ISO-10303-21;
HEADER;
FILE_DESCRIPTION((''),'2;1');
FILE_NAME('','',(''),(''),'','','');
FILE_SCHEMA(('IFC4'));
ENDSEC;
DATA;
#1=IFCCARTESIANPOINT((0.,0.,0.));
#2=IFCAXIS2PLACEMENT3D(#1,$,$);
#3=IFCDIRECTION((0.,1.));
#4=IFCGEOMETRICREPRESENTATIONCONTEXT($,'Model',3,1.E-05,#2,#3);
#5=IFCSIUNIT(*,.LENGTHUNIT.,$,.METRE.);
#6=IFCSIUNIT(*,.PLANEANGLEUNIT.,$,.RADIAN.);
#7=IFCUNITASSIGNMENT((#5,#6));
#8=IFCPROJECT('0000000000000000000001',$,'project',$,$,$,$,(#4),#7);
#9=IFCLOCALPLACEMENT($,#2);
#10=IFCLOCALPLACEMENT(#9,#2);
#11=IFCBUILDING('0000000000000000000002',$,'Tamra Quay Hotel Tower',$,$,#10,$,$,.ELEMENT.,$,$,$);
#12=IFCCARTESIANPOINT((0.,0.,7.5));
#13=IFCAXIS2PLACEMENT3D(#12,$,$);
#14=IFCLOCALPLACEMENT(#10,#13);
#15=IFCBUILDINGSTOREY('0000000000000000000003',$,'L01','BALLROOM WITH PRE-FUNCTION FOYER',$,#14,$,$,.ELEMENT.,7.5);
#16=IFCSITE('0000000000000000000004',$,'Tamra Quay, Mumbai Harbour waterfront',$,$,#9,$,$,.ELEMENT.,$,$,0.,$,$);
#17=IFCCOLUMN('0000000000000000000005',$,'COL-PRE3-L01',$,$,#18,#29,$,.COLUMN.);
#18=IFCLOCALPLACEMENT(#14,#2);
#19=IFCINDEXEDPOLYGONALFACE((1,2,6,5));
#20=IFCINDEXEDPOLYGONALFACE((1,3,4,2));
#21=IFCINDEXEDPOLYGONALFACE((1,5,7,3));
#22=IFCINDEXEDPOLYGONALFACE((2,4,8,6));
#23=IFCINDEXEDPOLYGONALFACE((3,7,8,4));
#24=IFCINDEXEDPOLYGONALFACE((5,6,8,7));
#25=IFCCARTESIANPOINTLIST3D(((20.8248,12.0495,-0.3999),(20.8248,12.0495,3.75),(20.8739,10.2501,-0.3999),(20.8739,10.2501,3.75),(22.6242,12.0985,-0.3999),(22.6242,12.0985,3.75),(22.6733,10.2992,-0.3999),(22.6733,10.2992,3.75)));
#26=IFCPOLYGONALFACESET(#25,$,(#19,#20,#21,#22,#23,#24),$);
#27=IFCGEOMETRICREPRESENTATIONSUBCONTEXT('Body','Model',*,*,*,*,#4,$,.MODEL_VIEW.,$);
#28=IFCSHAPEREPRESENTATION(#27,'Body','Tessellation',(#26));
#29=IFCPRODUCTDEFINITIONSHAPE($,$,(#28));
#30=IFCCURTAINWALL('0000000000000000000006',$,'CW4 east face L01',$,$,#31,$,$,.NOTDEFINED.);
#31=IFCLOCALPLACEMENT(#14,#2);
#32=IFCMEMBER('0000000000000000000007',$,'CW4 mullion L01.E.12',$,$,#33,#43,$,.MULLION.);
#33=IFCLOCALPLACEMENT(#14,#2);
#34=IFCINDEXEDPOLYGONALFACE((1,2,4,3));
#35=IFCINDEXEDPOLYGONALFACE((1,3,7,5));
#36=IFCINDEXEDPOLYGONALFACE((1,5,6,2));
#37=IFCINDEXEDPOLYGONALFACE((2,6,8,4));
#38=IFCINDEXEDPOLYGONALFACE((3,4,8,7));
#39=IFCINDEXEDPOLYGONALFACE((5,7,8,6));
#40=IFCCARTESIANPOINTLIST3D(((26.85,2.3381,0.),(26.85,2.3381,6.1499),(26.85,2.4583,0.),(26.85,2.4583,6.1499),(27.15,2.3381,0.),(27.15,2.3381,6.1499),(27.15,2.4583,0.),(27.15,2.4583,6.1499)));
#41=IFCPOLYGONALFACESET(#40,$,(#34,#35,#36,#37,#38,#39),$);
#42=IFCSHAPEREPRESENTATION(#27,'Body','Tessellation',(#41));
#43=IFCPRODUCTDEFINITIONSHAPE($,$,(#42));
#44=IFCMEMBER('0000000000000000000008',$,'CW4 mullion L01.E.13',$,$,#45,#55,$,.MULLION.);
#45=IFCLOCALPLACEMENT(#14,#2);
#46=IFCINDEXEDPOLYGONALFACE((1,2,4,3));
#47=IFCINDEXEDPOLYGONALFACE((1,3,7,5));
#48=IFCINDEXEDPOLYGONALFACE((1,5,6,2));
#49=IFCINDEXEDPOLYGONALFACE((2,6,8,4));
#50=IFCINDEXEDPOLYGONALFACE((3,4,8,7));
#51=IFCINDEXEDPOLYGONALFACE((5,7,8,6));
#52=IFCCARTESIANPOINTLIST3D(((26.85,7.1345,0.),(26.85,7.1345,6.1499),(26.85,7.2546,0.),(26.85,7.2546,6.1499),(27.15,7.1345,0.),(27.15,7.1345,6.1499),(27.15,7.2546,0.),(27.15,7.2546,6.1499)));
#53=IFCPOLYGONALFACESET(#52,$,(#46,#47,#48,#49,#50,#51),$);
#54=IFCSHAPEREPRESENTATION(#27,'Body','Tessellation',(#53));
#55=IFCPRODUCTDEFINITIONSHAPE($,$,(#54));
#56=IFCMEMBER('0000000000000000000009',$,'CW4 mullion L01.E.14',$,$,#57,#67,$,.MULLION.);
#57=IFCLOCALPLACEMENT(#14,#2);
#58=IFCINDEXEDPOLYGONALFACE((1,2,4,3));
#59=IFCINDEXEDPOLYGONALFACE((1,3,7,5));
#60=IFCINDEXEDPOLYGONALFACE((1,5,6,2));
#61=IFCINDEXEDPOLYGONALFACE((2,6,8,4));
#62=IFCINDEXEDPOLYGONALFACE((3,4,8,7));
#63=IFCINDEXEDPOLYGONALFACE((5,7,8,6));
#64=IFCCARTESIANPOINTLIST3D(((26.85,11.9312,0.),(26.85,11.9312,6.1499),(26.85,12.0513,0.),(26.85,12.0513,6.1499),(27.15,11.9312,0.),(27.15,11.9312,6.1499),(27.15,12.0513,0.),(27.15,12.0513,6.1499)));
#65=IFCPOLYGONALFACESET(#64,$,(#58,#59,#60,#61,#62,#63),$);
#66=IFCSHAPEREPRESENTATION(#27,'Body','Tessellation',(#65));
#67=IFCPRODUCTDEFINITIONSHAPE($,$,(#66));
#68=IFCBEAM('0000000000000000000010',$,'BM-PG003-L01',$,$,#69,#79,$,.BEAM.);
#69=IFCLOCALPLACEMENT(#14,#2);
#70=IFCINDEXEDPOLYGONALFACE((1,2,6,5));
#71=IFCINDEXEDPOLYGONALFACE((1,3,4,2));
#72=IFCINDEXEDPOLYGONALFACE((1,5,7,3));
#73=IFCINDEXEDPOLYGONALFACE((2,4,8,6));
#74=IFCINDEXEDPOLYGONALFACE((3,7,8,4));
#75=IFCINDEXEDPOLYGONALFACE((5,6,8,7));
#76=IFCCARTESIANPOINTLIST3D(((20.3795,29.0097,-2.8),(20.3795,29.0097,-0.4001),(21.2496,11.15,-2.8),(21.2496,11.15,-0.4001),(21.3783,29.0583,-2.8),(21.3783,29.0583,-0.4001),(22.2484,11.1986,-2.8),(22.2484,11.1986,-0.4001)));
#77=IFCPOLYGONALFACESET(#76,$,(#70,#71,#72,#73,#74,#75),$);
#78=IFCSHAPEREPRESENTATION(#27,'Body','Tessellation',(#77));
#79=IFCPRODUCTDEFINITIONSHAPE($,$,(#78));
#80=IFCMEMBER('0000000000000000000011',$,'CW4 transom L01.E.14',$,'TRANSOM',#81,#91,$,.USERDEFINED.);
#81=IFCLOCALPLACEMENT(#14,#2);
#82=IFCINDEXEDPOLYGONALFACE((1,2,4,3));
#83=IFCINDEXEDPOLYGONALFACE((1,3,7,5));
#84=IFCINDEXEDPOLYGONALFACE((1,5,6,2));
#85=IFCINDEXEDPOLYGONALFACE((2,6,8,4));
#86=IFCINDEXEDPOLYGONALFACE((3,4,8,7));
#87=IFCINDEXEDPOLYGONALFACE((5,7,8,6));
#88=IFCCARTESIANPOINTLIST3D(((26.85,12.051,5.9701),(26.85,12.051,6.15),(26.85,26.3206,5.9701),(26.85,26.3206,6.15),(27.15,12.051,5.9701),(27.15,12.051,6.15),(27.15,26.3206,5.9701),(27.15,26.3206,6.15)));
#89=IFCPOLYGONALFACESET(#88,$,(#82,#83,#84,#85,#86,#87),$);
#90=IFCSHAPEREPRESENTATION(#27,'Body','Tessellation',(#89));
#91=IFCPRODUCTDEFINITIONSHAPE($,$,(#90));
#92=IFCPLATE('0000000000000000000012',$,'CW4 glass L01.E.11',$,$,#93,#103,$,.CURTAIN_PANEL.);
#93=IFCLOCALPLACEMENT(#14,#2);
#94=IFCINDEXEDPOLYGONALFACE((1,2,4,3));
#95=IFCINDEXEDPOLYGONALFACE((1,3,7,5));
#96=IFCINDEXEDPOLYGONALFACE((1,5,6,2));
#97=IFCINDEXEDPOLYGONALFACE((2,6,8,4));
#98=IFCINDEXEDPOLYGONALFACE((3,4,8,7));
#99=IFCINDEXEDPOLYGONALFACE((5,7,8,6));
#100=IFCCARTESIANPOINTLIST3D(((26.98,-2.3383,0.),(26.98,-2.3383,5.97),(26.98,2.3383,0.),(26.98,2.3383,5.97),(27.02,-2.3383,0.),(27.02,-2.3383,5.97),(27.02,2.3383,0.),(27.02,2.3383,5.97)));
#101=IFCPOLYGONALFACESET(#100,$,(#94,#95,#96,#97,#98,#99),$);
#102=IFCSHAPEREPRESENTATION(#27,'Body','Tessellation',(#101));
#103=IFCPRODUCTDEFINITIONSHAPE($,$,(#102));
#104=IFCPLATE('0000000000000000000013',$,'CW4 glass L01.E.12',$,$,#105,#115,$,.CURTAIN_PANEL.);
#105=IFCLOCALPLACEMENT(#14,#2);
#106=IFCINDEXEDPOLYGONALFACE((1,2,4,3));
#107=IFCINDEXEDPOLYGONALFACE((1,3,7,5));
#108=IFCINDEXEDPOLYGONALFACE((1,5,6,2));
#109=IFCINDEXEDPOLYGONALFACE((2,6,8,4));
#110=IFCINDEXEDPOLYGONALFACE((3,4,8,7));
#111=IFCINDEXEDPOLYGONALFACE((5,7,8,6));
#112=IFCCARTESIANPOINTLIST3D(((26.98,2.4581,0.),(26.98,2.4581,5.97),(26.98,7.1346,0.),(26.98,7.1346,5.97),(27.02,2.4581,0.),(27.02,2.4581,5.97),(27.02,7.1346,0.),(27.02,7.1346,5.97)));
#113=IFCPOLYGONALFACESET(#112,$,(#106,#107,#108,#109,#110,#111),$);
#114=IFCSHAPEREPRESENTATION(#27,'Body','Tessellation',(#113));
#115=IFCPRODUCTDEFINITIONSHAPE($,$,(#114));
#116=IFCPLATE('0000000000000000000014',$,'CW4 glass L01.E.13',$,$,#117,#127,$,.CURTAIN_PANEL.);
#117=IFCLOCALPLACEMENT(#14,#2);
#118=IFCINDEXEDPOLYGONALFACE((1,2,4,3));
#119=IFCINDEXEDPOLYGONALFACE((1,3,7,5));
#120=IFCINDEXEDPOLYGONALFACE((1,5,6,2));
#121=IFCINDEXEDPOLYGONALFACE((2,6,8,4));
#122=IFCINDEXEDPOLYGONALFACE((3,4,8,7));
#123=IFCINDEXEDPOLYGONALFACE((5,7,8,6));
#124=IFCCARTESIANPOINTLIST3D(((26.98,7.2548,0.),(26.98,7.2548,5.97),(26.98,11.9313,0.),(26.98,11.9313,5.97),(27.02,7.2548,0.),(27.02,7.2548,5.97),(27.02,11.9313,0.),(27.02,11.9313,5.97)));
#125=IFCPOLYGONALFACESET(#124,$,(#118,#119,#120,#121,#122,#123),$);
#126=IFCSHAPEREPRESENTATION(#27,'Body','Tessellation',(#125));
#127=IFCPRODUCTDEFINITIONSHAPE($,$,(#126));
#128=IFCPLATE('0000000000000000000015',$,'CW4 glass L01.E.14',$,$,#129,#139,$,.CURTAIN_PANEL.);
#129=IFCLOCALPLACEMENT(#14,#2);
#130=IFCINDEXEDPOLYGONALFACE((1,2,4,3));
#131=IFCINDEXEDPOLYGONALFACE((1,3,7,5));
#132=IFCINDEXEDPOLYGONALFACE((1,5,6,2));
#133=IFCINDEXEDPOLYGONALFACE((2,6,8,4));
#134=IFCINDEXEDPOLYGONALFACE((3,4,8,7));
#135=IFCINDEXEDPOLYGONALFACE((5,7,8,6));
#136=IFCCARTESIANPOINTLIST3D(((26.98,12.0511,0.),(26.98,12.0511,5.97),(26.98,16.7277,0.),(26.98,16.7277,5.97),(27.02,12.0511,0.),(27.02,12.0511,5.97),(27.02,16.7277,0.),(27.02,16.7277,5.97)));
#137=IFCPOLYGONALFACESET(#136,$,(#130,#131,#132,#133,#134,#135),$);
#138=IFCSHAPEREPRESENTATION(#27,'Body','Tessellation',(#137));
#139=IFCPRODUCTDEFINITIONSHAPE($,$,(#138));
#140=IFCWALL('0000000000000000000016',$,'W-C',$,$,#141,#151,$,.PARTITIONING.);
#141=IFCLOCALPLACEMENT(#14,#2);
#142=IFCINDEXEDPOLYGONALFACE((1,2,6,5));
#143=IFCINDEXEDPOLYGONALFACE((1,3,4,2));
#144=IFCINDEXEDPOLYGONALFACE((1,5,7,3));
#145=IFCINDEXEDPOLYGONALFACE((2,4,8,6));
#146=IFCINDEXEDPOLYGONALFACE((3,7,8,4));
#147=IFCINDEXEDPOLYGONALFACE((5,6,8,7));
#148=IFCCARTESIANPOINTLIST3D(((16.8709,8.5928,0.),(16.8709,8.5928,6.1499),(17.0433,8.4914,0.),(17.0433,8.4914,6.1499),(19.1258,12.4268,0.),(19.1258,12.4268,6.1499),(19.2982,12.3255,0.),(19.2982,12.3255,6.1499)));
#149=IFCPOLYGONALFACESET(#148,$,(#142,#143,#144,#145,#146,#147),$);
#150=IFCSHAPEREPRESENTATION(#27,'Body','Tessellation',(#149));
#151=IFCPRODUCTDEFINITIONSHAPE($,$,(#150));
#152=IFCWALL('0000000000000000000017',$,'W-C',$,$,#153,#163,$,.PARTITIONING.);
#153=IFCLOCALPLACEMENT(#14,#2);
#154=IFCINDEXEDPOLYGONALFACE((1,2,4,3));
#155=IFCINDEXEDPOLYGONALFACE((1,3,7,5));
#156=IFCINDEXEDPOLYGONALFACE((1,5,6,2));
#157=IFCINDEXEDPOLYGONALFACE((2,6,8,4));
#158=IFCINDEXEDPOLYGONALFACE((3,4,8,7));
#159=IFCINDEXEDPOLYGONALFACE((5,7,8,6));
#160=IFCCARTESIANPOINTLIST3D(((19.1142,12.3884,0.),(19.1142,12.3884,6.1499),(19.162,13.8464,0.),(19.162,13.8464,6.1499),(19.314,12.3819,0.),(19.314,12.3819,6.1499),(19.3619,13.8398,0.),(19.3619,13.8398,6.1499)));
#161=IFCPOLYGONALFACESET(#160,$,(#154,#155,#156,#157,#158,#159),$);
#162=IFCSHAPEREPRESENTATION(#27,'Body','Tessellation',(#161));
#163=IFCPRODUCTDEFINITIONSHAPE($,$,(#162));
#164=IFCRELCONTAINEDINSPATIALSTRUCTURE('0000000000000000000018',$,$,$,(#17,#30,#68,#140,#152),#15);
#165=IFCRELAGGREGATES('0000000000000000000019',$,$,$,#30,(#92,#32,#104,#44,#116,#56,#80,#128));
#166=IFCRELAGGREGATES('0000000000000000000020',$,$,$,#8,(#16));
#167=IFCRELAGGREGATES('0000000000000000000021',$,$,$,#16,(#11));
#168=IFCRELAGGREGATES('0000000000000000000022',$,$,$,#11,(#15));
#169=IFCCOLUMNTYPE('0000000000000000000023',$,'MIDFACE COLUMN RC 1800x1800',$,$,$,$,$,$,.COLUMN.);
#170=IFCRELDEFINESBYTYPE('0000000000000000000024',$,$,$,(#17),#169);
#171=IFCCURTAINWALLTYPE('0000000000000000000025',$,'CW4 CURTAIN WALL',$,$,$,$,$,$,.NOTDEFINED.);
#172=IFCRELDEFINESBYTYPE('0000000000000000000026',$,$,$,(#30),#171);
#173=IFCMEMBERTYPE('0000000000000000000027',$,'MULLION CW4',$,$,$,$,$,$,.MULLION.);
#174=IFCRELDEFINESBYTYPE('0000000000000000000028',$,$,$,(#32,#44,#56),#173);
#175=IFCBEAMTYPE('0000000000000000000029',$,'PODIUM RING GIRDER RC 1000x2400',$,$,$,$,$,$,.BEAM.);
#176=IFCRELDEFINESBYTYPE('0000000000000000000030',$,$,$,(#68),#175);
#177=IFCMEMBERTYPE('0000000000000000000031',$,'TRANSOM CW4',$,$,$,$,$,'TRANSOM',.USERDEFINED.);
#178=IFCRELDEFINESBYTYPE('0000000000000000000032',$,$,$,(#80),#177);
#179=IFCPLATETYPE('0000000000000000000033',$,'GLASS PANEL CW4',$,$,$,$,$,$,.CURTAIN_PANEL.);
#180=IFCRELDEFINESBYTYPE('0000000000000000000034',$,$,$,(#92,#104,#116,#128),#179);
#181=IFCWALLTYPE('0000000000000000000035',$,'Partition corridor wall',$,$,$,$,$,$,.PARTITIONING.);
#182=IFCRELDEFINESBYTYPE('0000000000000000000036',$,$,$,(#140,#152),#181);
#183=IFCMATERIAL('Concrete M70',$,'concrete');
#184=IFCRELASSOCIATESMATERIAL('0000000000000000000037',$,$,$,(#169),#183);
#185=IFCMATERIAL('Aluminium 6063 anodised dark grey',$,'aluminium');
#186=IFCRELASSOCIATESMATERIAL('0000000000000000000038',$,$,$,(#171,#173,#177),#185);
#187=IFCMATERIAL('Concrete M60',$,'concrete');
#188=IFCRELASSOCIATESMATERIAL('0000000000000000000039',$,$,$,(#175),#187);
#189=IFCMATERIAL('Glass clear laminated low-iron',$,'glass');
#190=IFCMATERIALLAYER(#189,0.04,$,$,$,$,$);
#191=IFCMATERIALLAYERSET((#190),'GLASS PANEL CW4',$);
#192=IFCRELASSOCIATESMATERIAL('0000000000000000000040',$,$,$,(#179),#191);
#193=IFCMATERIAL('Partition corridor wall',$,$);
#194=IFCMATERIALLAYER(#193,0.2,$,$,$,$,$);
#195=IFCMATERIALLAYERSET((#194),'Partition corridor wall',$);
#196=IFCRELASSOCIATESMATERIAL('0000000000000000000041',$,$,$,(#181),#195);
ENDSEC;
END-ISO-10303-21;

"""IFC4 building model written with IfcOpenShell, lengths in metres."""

from ifc_helpers import new_model, si_unit, direction, frame, frame_2d, origin, origin_2d, place, context, subcontext, project, spatial, rectangle, extrude, material, layer, layer_set, material_profile, profile_set, type_object, element, aggregate, save


model = new_model("IFC4")

# Units and contexts
model_context = context("Model", 3, precision=1e-05, world=origin(), true_north=direction((0.0, 1.0)))
body_context = subcontext(model_context, "Body", "Model", "MODEL_VIEW")
ifc_project = project(units=[si_unit("LENGTHUNIT", "METRE"), si_unit("PLANEANGLEUNIT", "RADIAN")], contexts=[model_context])

# Site, building, storey
site_placement = place(None, origin())
site = spatial("IfcSite", under=ifc_project, at=site_placement, Name="Tamra Quay, Mumbai Harbour waterfront", CompositionType="ELEMENT", RefElevation=0.0)
building_placement = place(site_placement, origin())
building = spatial("IfcBuilding", under=site, at=building_placement, Name="Tamra Quay Hotel Tower", CompositionType="ELEMENT")
storey_placement = place(building_placement, frame((0.0, 0.0, 7.5)))
storey = spatial("IfcBuildingStorey", under=building, at=storey_placement, Name="L01", Description="BALLROOM WITH PRE-FUNCTION FOYER", CompositionType="ELEMENT", Elevation=7.5)

# Column
ifc_material_1 = material(Name="Concrete M70", Category="concrete")
ifc_material_profile_1 = material_profile(ifc_material_1, rectangle(XDim=1.8, YDim=1.8, at=origin_2d()), Name="MIDFACE COLUMN RC 1800x1800")
ifc_profile_set_1 = profile_set([ifc_material_profile_1], Name="Concrete M70")
column_type = type_object("IfcColumnType", Name="MIDFACE COLUMN RC 1800x1800", PredefinedType="COLUMN", material=ifc_profile_set_1)
column_placement = place(storey_placement, frame((21.749, 11.1743, -0.3999), z_axis=(0.0, 0.0, 1.0), x_axis=(0.999628, 0.027269, 0.0)))
element("IfcColumn", 1, at=column_placement, inside=storey, type_object=column_type, Name="COL-PRE3-L01", PredefinedType="COLUMN", context=body_context, shape_type="SweptSolid", body=[
    extrude(rectangle(XDim=1.8, YDim=1.8, at=origin_2d()), origin(), (0.0, 0.0, 1.0), 4.1499),
])

# Curtain wall, members
ifc_material_2 = material(Name="Aluminium 6063 anodised dark grey", Category="aluminium")
curtain_wall_type = type_object("IfcCurtainWallType", Name="CW4 CURTAIN WALL", PredefinedType="NOTDEFINED", material=ifc_material_2)
curtain_wall_placement = place(storey_placement, origin())
curtain_wall = element("IfcCurtainWall", 2, at=curtain_wall_placement, inside=storey, type_object=curtain_wall_type, Name="CW4 east face L01", PredefinedType="NOTDEFINED")
ifc_material_profile_2 = material_profile(ifc_material_2, rectangle(XDim=0.3, YDim=0.1201, at=origin_2d()), Name="MULLION 120X300")
ifc_profile_set_2 = profile_set([ifc_material_profile_2], Name="Aluminium 6063 anodised dark grey")
member_type_1 = type_object("IfcMemberType", Name="MULLION CW4", PredefinedType="MULLION", material=ifc_profile_set_2)
member_1_placement = place(storey_placement, frame((27.0, 2.3982, 0.0), z_axis=(0.0, 0.0, 1.0), x_axis=(1.0, 0.0, 0.0)))
member_1 = element("IfcMember", 3, at=member_1_placement, type_object=member_type_1, Name="CW4 mullion L01.E.12", PredefinedType="MULLION", context=body_context, shape_type="SweptSolid", body=[
    extrude(rectangle(XDim=0.3, YDim=0.1201, at=origin_2d()), origin(), (0.0, 0.0, 1.0), 6.1499),
])
member_2_placement = place(storey_placement, frame((27.0, 7.1946, 0.0), z_axis=(0.0, 0.0, 1.0), x_axis=(1.0, 0.0, 0.0)))
member_2 = element("IfcMember", 4, at=member_2_placement, type_object=member_type_1, Name="CW4 mullion L01.E.13", PredefinedType="MULLION", context=body_context, shape_type="SweptSolid", body=[
    extrude(rectangle(XDim=0.3, YDim=0.1201, at=origin_2d()), origin(), (0.0, 0.0, 1.0), 6.1499),
])
member_3_placement = place(storey_placement, frame((27.0, 11.9912, 0.0), z_axis=(0.0, 0.0, 1.0), x_axis=(1.0, 0.0, 0.0)))
member_3 = element("IfcMember", 5, at=member_3_placement, type_object=member_type_1, Name="CW4 mullion L01.E.14", PredefinedType="MULLION", context=body_context, shape_type="SweptSolid", body=[
    extrude(rectangle(XDim=0.3, YDim=0.1201, at=origin_2d()), origin(), (0.0, 0.0, 1.0), 6.1499),
])

# Beam
ifc_material_3 = material(Name="Concrete M60", Category="concrete")
ifc_material_profile_3 = material_profile(ifc_material_3, rectangle(XDim=1.0, YDim=2.3999, at=origin_2d()), Name="PODIUM RING GIRDER RC 1000x2400")
ifc_profile_set_3 = profile_set([ifc_material_profile_3], Name="Concrete M60")
beam_type = type_object("IfcBeamType", Name="PODIUM RING GIRDER RC 1000x2400", PredefinedType="BEAM", material=ifc_profile_set_3)
beam_placement = place(storey_placement, frame((21.749, 11.1743, -1.6001), z_axis=(-0.048662, 0.998815, 0.0), x_axis=(-0.998815, -0.048662, 0.0)))
element("IfcBeam", 6, at=beam_placement, inside=storey, type_object=beam_type, Name="BM-PG003-L01", PredefinedType="BEAM", context=body_context, shape_type="SweptSolid", body=[
    extrude(rectangle(XDim=1.0, YDim=2.3999, at=origin_2d()), origin(), (0.0, 0.0, 1.0), 17.8809),
])

# Member
ifc_material_profile_4 = material_profile(ifc_material_2, rectangle(XDim=0.3, YDim=0.1799, at=origin_2d()), Name="TRANSOM 300X180")
ifc_profile_set_4 = profile_set([ifc_material_profile_4], Name="Aluminium 6063 anodised dark grey")
member_type_2 = type_object("IfcMemberType", Name="TRANSOM CW4", ElementType="TRANSOM", PredefinedType="USERDEFINED", material=ifc_profile_set_4)
member_4_placement = place(storey_placement, frame((27.0, 12.051, 6.0601), z_axis=(0.0, 1.0, 0.0), x_axis=(-1.0, 0.0, 0.0)))
member_4 = element("IfcMember", 7, at=member_4_placement, type_object=member_type_2, Name="CW4 transom L01.E.14", ObjectType="TRANSOM", PredefinedType="USERDEFINED", context=body_context, shape_type="SweptSolid", body=[
    extrude(rectangle(XDim=0.3, YDim=0.1799, at=origin_2d()), origin(), (0.0, 0.0, 1.0), 14.2695),
])

# Plates
ifc_material_4 = material(Name="Glass clear laminated low-iron", Category="glass")
ifc_layer_1 = layer(ifc_material_4, 0.04)
ifc_layer_set_1 = layer_set([ifc_layer_1], Name="GLASS PANEL CW4")
plate_type = type_object("IfcPlateType", Name="GLASS PANEL CW4", PredefinedType="CURTAIN_PANEL", material=ifc_layer_set_1)
plate_1_placement = place(storey_placement, frame((27.0, 0.0, 0.0), z_axis=(0.0, 0.0, 1.0), x_axis=(0.0, 1.0, 0.0)))
plate_1 = element("IfcPlate", 8, at=plate_1_placement, type_object=plate_type, Name="CW4 glass L01.E.11", PredefinedType="CURTAIN_PANEL", context=body_context, shape_type="SweptSolid", body=[
    extrude(rectangle(XDim=4.6765, YDim=0.04, at=origin_2d()), origin(), (0.0, 0.0, 1.0), 5.97),
])
plate_2_placement = place(storey_placement, frame((27.0, 4.7964, 0.0), z_axis=(0.0, 0.0, 1.0), x_axis=(0.0, 1.0, 0.0)))
plate_2 = element("IfcPlate", 9, at=plate_2_placement, type_object=plate_type, Name="CW4 glass L01.E.12", PredefinedType="CURTAIN_PANEL", context=body_context, shape_type="SweptSolid", body=[
    extrude(rectangle(XDim=4.6765, YDim=0.04, at=origin_2d()), origin(), (0.0, 0.0, 1.0), 5.97),
])
plate_3_placement = place(storey_placement, frame((27.0, 9.593, 0.0), z_axis=(0.0, 0.0, 1.0), x_axis=(0.0, 1.0, 0.0)))
plate_3 = element("IfcPlate", 10, at=plate_3_placement, type_object=plate_type, Name="CW4 glass L01.E.13", PredefinedType="CURTAIN_PANEL", context=body_context, shape_type="SweptSolid", body=[
    extrude(rectangle(XDim=4.6765, YDim=0.04, at=origin_2d()), origin(), (0.0, 0.0, 1.0), 5.97),
])
plate_4_placement = place(storey_placement, frame((27.0, 14.3894, 0.0), z_axis=(0.0, 0.0, 1.0), x_axis=(0.0, 1.0, 0.0)))
plate_4 = element("IfcPlate", 11, at=plate_4_placement, type_object=plate_type, Name="CW4 glass L01.E.14", PredefinedType="CURTAIN_PANEL", context=body_context, shape_type="SweptSolid", body=[
    extrude(rectangle(XDim=4.6765, YDim=0.04, at=origin_2d()), origin(), (0.0, 0.0, 1.0), 5.97),
])
aggregate(curtain_wall, [plate_1, member_1, plate_2, member_2, plate_3, member_3, member_4, plate_4])

# Walls
ifc_material_5 = material(Name="Partition corridor wall")
ifc_layer_2 = layer(ifc_material_5, 0.2)
ifc_layer_set_2 = layer_set([ifc_layer_2], Name="Partition corridor wall")
wall_type = type_object("IfcWallType", Name="Partition corridor wall", PredefinedType="PARTITIONING", material=ifc_layer_set_2)
wall_1_placement = place(storey_placement, frame((16.957, 8.542, 0.0), z_axis=(0.0, 0.0, 1.0), x_axis=(0.506953, 0.861974, 0.0)))
element("IfcWall", 12, at=wall_1_placement, inside=storey, type_object=wall_type, Name="W-C", PredefinedType="PARTITIONING", context=body_context, shape_type="SweptSolid", body=[
    extrude(rectangle(XDim=4.448, YDim=0.2, at=frame_2d((2.2241, 0.0))), origin(), (0.0, 0.0, 1.0), 6.1499),
])
wall_2_placement = place(storey_placement, frame((19.2141, 12.385, 0.0), z_axis=(0.0, 0.0, 1.0), x_axis=(0.032802, 0.999462, 0.0)))
element("IfcWall", 13, at=wall_2_placement, inside=storey, type_object=wall_type, Name="W-C", PredefinedType="PARTITIONING", context=body_context, shape_type="SweptSolid", body=[
    extrude(rectangle(XDim=1.4587, YDim=0.2, at=frame_2d((0.7295, 0.0))), origin(), (0.0, 0.0, 1.0), 6.1499),
])

save(model, "model.ifc")
